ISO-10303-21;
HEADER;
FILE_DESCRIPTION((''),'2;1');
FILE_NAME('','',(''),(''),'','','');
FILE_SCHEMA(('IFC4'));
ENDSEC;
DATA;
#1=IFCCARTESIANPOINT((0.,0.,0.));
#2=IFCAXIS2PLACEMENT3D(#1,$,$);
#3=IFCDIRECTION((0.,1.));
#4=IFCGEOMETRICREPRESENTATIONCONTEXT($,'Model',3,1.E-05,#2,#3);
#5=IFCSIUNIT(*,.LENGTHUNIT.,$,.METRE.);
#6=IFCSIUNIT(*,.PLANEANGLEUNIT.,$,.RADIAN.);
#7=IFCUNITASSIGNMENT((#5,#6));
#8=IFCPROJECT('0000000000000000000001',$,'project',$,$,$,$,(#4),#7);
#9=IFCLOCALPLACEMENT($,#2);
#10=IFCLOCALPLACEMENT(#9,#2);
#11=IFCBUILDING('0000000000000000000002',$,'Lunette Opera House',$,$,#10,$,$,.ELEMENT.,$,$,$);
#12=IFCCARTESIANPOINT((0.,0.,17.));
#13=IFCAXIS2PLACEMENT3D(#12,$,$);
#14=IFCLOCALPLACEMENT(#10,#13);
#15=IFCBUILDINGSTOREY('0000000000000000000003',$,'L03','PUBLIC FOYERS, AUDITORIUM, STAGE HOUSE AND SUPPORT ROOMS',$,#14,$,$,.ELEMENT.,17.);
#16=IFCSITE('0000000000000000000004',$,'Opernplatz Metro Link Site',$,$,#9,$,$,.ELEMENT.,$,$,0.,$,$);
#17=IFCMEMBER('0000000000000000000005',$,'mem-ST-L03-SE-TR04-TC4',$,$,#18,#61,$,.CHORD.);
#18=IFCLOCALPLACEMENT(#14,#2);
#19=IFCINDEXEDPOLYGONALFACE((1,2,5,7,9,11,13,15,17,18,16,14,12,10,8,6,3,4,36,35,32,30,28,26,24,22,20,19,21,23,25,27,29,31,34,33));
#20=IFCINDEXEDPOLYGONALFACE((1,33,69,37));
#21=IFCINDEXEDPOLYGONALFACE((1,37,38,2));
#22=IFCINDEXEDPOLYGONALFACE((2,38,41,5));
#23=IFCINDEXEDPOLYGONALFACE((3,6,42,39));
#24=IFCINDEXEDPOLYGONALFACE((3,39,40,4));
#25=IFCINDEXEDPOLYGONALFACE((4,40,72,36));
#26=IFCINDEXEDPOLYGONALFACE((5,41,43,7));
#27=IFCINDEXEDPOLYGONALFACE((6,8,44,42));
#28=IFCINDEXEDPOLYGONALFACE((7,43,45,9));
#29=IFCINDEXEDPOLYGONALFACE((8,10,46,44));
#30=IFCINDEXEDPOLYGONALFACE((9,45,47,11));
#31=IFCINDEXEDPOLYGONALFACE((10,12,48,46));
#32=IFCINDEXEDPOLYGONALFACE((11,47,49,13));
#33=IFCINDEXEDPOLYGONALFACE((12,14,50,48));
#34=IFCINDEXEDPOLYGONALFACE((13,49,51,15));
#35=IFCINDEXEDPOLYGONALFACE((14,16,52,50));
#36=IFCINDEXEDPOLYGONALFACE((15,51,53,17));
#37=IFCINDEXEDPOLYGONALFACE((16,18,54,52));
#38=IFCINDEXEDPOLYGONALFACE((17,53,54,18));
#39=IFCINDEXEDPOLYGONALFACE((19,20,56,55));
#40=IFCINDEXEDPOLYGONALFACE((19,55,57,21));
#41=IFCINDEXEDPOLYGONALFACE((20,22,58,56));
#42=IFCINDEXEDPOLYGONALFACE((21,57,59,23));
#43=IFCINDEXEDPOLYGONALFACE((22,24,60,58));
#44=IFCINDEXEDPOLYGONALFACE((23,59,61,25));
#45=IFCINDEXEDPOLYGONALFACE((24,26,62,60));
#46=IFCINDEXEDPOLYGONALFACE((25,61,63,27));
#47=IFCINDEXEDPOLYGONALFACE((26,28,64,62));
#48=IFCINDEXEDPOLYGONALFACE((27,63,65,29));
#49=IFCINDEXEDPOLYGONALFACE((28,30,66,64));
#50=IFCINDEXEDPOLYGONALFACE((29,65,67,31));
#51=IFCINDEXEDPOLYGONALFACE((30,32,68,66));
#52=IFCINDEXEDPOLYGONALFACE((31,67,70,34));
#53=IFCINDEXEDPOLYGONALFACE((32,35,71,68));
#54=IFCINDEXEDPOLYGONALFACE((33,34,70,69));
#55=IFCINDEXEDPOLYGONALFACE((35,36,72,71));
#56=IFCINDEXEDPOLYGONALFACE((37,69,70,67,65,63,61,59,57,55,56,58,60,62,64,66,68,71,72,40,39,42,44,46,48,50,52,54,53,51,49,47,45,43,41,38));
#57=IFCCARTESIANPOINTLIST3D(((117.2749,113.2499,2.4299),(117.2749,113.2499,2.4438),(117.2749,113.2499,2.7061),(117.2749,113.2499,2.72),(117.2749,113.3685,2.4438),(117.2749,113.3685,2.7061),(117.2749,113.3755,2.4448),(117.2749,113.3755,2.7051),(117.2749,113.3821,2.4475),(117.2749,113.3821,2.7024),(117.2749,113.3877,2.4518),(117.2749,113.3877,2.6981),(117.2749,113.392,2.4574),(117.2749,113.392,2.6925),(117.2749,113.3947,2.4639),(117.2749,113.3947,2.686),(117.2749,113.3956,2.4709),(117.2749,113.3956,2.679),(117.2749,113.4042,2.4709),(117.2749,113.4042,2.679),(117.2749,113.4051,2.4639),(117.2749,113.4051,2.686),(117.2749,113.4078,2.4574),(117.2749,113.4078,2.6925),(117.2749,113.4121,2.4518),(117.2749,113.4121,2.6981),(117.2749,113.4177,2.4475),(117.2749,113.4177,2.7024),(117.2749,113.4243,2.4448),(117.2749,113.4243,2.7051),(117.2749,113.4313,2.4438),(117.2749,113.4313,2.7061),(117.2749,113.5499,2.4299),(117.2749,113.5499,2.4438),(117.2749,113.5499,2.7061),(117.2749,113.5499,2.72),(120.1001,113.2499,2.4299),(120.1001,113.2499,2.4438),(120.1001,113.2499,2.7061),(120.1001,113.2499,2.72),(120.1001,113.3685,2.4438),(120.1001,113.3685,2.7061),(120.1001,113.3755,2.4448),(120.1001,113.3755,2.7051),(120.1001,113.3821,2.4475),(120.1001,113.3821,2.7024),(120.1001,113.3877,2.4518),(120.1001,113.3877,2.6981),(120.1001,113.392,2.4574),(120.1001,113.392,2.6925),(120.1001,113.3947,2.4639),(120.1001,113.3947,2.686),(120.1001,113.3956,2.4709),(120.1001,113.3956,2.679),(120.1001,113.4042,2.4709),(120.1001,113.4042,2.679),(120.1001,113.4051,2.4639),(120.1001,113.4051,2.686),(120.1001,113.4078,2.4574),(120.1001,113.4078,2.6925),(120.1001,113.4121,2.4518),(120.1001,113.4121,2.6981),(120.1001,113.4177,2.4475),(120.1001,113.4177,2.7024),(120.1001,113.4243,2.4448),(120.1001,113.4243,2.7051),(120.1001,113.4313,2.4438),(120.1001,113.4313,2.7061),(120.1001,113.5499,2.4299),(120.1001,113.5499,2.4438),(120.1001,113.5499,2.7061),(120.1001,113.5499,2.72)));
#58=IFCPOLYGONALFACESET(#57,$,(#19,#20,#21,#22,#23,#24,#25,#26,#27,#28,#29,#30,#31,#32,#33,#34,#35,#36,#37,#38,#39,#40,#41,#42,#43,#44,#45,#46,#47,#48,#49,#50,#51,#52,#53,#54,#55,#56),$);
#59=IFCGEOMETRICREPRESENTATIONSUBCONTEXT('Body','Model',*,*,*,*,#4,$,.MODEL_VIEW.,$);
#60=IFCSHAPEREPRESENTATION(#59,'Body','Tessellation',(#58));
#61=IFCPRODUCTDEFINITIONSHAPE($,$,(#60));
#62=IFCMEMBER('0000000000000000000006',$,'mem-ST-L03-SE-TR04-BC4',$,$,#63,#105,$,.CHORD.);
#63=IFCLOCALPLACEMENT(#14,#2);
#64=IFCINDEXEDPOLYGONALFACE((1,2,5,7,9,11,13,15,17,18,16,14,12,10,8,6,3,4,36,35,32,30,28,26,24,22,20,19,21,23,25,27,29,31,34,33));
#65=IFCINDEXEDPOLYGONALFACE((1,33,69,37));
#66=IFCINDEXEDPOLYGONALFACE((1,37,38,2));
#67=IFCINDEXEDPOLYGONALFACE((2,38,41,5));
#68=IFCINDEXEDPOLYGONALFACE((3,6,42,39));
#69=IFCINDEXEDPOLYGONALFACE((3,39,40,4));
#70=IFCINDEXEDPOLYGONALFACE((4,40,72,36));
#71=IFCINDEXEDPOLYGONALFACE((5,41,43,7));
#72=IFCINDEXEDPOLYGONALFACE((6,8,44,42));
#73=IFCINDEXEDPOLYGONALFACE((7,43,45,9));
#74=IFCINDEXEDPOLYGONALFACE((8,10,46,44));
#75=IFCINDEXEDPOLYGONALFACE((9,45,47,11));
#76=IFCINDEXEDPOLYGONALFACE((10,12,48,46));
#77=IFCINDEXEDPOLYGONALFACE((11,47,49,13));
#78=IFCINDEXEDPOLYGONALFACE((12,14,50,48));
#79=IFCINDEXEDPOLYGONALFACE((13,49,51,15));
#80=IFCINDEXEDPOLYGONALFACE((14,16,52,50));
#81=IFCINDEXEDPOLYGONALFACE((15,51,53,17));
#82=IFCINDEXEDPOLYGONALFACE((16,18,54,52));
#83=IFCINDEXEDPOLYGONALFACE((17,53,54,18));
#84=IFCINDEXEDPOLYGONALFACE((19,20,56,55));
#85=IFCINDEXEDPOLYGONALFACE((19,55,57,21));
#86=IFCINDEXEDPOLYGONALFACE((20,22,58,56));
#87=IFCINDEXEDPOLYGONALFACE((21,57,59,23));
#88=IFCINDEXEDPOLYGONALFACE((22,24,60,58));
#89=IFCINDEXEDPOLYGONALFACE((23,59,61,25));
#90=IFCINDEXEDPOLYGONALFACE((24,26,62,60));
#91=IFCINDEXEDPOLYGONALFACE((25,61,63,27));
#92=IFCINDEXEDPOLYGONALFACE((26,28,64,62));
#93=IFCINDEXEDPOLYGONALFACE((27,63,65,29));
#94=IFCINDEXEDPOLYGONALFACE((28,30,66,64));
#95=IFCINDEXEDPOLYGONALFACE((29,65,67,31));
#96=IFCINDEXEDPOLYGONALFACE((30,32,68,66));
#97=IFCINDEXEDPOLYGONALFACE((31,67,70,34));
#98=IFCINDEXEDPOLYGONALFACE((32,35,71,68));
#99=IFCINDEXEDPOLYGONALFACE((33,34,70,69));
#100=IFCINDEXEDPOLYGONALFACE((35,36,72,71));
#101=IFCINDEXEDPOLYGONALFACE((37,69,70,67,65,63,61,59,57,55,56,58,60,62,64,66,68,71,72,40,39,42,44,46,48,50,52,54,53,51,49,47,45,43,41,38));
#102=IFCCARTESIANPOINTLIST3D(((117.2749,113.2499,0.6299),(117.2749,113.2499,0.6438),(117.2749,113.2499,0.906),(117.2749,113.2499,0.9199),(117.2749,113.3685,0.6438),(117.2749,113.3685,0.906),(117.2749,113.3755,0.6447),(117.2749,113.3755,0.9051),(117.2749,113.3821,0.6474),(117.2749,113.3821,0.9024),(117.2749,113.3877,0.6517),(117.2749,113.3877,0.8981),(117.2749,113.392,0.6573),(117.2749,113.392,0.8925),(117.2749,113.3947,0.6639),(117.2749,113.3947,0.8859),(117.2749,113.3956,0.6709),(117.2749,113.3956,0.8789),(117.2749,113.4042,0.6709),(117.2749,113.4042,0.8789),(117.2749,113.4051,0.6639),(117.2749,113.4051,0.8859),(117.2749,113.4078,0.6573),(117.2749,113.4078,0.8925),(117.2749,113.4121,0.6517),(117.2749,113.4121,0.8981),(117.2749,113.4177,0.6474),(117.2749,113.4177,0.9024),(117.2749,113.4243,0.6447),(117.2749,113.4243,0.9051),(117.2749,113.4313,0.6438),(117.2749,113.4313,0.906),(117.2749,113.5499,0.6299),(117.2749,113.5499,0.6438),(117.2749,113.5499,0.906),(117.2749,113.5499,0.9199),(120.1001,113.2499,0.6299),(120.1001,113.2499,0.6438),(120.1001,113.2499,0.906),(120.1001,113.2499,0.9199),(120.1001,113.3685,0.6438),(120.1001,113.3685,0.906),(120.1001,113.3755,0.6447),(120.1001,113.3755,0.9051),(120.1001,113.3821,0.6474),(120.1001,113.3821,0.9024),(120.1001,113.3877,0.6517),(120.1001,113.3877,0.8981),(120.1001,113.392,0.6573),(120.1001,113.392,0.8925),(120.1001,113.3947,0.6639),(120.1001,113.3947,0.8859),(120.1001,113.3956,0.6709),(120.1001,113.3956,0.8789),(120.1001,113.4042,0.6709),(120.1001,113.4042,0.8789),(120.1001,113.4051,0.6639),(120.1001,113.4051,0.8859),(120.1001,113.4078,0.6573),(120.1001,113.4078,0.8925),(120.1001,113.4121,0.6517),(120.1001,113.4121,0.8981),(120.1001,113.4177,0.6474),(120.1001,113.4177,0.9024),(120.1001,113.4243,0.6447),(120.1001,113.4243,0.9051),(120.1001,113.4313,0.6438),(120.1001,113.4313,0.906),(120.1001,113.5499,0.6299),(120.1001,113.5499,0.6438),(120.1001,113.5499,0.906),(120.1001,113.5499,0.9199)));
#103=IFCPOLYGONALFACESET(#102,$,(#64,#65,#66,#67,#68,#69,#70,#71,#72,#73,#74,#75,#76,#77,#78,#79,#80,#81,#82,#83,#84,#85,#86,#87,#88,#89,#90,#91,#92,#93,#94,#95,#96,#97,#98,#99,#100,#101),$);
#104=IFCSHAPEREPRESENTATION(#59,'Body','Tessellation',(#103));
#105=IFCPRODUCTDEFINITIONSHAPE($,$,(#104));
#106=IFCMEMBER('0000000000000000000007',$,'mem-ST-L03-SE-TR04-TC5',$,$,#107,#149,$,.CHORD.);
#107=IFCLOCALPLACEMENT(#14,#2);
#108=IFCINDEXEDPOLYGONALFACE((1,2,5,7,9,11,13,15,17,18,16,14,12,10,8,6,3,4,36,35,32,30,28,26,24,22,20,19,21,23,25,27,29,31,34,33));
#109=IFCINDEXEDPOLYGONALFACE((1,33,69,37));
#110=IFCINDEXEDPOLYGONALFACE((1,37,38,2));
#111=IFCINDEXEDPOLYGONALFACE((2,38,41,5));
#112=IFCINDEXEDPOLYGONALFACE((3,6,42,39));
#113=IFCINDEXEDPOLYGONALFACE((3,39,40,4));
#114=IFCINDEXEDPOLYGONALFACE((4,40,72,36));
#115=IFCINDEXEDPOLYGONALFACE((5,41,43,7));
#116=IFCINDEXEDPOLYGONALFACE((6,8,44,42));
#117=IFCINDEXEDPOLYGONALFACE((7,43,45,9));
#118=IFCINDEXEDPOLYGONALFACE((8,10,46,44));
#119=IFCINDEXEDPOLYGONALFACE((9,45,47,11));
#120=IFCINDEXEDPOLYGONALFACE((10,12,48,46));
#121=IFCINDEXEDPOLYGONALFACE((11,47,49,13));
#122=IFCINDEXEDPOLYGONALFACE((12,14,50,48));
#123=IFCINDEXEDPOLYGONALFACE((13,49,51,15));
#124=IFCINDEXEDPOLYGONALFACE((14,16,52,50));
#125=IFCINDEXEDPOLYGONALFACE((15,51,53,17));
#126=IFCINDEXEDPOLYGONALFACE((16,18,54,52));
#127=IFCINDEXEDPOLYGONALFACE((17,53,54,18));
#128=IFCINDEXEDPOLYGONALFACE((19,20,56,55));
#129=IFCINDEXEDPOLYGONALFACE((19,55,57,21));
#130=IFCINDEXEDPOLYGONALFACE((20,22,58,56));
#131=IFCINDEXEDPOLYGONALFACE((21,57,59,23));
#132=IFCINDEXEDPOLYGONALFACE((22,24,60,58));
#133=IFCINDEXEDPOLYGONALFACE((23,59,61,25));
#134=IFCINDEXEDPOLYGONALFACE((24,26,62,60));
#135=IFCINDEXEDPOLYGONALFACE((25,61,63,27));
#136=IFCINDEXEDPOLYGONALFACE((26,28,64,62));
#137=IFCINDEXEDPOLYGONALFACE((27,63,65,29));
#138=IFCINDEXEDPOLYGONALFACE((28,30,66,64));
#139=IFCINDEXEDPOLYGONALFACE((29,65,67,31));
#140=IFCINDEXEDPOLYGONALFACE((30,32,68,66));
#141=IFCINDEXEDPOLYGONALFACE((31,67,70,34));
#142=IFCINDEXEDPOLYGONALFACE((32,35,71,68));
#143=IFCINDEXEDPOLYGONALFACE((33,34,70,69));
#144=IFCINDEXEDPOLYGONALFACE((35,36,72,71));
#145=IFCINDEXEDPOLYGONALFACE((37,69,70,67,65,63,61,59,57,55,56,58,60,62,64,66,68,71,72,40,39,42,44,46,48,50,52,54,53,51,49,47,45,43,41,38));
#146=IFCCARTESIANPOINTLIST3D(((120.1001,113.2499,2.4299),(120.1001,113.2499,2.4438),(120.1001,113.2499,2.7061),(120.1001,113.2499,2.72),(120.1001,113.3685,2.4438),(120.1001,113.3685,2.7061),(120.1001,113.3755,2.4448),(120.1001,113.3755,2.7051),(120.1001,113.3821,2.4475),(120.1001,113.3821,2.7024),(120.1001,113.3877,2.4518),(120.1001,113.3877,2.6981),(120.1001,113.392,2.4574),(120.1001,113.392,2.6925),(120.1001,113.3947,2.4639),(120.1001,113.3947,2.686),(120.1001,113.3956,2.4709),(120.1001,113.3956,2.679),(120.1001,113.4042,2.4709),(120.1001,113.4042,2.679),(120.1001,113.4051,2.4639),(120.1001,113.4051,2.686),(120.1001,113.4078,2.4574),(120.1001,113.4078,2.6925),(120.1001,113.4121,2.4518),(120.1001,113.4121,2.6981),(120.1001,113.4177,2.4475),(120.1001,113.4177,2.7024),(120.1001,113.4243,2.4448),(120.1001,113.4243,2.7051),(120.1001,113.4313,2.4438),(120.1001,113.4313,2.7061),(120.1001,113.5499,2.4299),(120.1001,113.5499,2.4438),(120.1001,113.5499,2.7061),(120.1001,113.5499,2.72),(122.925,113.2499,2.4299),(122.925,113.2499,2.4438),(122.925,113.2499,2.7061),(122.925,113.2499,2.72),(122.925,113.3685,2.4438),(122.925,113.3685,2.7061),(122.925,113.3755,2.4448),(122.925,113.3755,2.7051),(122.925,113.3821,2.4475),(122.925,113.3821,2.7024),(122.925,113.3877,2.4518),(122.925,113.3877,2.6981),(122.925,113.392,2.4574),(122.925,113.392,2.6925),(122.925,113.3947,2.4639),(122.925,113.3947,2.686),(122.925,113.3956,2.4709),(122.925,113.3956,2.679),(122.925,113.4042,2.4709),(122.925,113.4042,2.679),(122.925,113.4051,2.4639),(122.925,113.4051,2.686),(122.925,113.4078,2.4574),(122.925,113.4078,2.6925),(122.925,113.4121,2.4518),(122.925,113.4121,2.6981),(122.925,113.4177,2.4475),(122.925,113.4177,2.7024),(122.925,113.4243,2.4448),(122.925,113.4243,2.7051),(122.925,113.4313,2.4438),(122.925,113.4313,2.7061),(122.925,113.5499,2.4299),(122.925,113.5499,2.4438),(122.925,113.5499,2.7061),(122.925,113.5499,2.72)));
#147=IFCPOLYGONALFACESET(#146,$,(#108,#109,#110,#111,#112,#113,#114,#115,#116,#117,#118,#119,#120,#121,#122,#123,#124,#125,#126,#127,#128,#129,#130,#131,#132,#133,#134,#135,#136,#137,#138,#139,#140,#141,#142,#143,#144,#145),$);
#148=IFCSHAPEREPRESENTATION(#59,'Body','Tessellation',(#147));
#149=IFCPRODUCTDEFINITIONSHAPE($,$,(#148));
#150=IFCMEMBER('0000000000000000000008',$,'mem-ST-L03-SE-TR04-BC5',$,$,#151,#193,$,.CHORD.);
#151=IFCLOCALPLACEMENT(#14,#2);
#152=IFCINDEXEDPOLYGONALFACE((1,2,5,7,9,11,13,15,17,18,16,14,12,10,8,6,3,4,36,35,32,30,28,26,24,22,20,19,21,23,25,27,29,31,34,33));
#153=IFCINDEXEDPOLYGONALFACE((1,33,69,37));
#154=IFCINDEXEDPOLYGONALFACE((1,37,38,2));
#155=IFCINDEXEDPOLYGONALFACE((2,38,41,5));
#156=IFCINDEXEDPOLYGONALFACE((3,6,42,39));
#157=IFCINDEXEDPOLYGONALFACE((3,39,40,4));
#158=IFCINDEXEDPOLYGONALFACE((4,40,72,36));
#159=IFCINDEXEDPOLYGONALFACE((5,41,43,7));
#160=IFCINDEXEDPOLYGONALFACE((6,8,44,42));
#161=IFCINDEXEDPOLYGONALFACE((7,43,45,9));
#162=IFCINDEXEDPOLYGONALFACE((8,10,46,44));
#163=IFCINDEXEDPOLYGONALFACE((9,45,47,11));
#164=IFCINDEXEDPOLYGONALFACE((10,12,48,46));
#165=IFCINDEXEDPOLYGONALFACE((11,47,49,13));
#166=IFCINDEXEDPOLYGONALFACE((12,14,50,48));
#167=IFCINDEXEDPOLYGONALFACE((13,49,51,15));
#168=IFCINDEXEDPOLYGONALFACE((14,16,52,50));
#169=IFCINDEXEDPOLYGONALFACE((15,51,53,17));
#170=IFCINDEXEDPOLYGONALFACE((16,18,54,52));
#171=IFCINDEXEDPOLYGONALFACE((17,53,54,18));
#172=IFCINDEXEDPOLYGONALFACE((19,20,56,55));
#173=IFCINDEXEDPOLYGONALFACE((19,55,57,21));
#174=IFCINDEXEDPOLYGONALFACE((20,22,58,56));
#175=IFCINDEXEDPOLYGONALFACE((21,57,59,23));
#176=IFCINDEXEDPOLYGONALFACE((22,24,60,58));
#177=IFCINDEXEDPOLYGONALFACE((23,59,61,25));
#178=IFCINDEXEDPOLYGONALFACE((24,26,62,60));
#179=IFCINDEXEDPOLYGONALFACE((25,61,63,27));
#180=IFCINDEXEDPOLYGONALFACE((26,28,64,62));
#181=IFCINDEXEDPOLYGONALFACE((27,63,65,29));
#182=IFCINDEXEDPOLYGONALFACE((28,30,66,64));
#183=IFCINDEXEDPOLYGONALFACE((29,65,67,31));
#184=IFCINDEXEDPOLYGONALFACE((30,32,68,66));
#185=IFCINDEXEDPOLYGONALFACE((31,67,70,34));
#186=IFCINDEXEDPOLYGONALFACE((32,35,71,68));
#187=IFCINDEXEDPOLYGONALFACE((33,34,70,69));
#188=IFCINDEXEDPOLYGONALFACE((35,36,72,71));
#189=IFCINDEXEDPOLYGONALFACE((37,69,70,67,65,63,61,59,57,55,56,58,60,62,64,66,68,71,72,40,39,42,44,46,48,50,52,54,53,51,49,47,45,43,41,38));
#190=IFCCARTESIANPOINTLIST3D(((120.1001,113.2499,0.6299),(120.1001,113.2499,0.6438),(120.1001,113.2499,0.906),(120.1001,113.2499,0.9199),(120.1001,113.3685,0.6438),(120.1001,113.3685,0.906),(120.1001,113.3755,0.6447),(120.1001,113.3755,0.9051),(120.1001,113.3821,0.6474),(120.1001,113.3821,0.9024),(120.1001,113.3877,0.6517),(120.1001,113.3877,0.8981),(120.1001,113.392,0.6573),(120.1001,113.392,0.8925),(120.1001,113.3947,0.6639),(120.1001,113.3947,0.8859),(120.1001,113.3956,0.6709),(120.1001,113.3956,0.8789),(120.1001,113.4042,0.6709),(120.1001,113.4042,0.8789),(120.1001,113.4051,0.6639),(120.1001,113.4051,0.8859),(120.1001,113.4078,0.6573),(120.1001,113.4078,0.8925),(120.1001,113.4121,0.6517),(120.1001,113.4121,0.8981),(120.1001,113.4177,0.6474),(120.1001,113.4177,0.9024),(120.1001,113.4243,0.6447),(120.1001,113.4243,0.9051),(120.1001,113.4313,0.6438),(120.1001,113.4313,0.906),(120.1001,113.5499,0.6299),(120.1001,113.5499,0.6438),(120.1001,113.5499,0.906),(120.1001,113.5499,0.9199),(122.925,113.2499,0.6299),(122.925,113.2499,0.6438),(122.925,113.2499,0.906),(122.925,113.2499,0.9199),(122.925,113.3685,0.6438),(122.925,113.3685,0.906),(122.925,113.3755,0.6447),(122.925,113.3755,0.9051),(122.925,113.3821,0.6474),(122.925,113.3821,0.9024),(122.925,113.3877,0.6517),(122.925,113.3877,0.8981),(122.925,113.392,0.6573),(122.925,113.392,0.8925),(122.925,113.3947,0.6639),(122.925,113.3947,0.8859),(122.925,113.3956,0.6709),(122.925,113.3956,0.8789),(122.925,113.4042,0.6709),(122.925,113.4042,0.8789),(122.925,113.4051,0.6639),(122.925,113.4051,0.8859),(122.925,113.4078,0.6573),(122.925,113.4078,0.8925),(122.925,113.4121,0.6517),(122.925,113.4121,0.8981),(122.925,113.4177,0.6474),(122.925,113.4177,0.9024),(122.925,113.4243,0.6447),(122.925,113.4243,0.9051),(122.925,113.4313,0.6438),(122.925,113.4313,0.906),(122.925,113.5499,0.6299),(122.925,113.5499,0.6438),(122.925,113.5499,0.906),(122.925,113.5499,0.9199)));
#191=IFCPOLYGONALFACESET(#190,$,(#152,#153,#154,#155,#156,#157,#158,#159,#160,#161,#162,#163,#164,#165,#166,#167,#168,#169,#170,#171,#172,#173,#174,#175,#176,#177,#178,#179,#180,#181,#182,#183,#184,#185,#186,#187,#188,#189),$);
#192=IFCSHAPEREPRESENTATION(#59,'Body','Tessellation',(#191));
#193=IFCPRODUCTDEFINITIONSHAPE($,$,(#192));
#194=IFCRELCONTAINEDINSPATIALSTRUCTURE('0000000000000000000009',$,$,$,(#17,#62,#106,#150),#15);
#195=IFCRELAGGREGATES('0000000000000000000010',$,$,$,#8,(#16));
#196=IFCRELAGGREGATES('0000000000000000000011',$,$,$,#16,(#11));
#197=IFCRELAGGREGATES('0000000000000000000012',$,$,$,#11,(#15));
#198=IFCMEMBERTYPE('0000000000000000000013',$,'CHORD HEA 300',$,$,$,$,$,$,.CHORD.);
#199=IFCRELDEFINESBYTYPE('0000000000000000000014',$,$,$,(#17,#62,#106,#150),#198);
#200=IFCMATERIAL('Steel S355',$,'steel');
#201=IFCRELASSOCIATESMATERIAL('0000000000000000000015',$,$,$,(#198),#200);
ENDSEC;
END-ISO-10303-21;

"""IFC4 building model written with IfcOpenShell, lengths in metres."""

from ifc_helpers import new_model, si_unit, direction, frame, origin, origin_2d, place, context, subcontext, project, spatial, i_section, extrude, material, material_profile, profile_set, type_object, element, save


model = new_model("IFC4")

# Units and contexts
model_context = context("Model", 3, precision=1e-05, world=origin(), true_north=direction((0.0, 1.0)))
body_context = subcontext(model_context, "Body", "Model", "MODEL_VIEW")
ifc_project = project(units=[si_unit("LENGTHUNIT", "METRE"), si_unit("PLANEANGLEUNIT", "RADIAN")], contexts=[model_context])

# Site, building, storey
site_placement = place(None, origin())
site = spatial("IfcSite", under=ifc_project, at=site_placement, Name="Opernplatz Metro Link Site", CompositionType="ELEMENT", RefElevation=0.0)
building_placement = place(site_placement, origin())
building = spatial("IfcBuilding", under=site, at=building_placement, Name="Lunette Opera House", CompositionType="ELEMENT")
storey_placement = place(building_placement, frame((0.0, 0.0, 17.0)))
storey = spatial("IfcBuildingStorey", under=building, at=storey_placement, Name="L03", Description="PUBLIC FOYERS, AUDITORIUM, STAGE HOUSE AND SUPPORT ROOMS", CompositionType="ELEMENT", Elevation=17.0)

# Members
ifc_material_1 = material(Name="Steel S355", Category="steel")
ifc_material_profile_1 = material_profile(ifc_material_1, i_section(OverallWidth=0.3, OverallDepth=0.29, WebThickness=0.0085, FlangeThickness=0.0139, FilletRadius=0.0271, at=origin_2d()), Name="HEA 300")
ifc_profile_set_1 = profile_set([ifc_material_profile_1], Name="Steel S355")
member_type_1 = type_object("IfcMemberType", Name="CHORD HEA 300", PredefinedType="CHORD", material=ifc_profile_set_1)
for number, where, z_axis, x_axis, name in (
    (1, (117.2749, 113.3999, 2.575), (1.0, 0.0, 0.0), (0.0, 1.0, 0.0), "mem-ST-L03-SE-TR04-TC4"),
    (2, (117.2749, 113.3999, 0.7749), (1.0, 0.0, 0.0), (0.0, 1.0, 0.0), "mem-ST-L03-SE-TR04-BC4"),
):
    element("IfcMember", number, at=place(storey_placement, frame(where, z_axis=z_axis, x_axis=x_axis)), inside=storey, type_object=member_type_1, Name=name, PredefinedType="CHORD", context=body_context, shape_type="SweptSolid", body=[
        extrude(i_section(OverallWidth=0.3, OverallDepth=0.29, WebThickness=0.0085, FlangeThickness=0.0139, FilletRadius=0.0271, at=origin_2d()), origin(), (0.0, 0.0, 1.0), 2.8252),
    ])
for number, where, z_axis, x_axis, name in (
    (3, (120.1001, 113.3999, 2.575), (1.0, 0.0, 0.0), (0.0, 1.0, 0.0), "mem-ST-L03-SE-TR04-TC5"),
    (4, (120.1001, 113.3999, 0.7749), (1.0, 0.0, 0.0), (0.0, 1.0, 0.0), "mem-ST-L03-SE-TR04-BC5"),
):
    element("IfcMember", number, at=place(storey_placement, frame(where, z_axis=z_axis, x_axis=x_axis)), inside=storey, type_object=member_type_1, Name=name, PredefinedType="CHORD", context=body_context, shape_type="SweptSolid", body=[
        extrude(i_section(OverallWidth=0.3, OverallDepth=0.29, WebThickness=0.0085, FlangeThickness=0.0139, FilletRadius=0.0271, at=origin_2d()), origin(), (0.0, 0.0, 1.0), 2.825),
    ])

save(model, "model.ifc")
